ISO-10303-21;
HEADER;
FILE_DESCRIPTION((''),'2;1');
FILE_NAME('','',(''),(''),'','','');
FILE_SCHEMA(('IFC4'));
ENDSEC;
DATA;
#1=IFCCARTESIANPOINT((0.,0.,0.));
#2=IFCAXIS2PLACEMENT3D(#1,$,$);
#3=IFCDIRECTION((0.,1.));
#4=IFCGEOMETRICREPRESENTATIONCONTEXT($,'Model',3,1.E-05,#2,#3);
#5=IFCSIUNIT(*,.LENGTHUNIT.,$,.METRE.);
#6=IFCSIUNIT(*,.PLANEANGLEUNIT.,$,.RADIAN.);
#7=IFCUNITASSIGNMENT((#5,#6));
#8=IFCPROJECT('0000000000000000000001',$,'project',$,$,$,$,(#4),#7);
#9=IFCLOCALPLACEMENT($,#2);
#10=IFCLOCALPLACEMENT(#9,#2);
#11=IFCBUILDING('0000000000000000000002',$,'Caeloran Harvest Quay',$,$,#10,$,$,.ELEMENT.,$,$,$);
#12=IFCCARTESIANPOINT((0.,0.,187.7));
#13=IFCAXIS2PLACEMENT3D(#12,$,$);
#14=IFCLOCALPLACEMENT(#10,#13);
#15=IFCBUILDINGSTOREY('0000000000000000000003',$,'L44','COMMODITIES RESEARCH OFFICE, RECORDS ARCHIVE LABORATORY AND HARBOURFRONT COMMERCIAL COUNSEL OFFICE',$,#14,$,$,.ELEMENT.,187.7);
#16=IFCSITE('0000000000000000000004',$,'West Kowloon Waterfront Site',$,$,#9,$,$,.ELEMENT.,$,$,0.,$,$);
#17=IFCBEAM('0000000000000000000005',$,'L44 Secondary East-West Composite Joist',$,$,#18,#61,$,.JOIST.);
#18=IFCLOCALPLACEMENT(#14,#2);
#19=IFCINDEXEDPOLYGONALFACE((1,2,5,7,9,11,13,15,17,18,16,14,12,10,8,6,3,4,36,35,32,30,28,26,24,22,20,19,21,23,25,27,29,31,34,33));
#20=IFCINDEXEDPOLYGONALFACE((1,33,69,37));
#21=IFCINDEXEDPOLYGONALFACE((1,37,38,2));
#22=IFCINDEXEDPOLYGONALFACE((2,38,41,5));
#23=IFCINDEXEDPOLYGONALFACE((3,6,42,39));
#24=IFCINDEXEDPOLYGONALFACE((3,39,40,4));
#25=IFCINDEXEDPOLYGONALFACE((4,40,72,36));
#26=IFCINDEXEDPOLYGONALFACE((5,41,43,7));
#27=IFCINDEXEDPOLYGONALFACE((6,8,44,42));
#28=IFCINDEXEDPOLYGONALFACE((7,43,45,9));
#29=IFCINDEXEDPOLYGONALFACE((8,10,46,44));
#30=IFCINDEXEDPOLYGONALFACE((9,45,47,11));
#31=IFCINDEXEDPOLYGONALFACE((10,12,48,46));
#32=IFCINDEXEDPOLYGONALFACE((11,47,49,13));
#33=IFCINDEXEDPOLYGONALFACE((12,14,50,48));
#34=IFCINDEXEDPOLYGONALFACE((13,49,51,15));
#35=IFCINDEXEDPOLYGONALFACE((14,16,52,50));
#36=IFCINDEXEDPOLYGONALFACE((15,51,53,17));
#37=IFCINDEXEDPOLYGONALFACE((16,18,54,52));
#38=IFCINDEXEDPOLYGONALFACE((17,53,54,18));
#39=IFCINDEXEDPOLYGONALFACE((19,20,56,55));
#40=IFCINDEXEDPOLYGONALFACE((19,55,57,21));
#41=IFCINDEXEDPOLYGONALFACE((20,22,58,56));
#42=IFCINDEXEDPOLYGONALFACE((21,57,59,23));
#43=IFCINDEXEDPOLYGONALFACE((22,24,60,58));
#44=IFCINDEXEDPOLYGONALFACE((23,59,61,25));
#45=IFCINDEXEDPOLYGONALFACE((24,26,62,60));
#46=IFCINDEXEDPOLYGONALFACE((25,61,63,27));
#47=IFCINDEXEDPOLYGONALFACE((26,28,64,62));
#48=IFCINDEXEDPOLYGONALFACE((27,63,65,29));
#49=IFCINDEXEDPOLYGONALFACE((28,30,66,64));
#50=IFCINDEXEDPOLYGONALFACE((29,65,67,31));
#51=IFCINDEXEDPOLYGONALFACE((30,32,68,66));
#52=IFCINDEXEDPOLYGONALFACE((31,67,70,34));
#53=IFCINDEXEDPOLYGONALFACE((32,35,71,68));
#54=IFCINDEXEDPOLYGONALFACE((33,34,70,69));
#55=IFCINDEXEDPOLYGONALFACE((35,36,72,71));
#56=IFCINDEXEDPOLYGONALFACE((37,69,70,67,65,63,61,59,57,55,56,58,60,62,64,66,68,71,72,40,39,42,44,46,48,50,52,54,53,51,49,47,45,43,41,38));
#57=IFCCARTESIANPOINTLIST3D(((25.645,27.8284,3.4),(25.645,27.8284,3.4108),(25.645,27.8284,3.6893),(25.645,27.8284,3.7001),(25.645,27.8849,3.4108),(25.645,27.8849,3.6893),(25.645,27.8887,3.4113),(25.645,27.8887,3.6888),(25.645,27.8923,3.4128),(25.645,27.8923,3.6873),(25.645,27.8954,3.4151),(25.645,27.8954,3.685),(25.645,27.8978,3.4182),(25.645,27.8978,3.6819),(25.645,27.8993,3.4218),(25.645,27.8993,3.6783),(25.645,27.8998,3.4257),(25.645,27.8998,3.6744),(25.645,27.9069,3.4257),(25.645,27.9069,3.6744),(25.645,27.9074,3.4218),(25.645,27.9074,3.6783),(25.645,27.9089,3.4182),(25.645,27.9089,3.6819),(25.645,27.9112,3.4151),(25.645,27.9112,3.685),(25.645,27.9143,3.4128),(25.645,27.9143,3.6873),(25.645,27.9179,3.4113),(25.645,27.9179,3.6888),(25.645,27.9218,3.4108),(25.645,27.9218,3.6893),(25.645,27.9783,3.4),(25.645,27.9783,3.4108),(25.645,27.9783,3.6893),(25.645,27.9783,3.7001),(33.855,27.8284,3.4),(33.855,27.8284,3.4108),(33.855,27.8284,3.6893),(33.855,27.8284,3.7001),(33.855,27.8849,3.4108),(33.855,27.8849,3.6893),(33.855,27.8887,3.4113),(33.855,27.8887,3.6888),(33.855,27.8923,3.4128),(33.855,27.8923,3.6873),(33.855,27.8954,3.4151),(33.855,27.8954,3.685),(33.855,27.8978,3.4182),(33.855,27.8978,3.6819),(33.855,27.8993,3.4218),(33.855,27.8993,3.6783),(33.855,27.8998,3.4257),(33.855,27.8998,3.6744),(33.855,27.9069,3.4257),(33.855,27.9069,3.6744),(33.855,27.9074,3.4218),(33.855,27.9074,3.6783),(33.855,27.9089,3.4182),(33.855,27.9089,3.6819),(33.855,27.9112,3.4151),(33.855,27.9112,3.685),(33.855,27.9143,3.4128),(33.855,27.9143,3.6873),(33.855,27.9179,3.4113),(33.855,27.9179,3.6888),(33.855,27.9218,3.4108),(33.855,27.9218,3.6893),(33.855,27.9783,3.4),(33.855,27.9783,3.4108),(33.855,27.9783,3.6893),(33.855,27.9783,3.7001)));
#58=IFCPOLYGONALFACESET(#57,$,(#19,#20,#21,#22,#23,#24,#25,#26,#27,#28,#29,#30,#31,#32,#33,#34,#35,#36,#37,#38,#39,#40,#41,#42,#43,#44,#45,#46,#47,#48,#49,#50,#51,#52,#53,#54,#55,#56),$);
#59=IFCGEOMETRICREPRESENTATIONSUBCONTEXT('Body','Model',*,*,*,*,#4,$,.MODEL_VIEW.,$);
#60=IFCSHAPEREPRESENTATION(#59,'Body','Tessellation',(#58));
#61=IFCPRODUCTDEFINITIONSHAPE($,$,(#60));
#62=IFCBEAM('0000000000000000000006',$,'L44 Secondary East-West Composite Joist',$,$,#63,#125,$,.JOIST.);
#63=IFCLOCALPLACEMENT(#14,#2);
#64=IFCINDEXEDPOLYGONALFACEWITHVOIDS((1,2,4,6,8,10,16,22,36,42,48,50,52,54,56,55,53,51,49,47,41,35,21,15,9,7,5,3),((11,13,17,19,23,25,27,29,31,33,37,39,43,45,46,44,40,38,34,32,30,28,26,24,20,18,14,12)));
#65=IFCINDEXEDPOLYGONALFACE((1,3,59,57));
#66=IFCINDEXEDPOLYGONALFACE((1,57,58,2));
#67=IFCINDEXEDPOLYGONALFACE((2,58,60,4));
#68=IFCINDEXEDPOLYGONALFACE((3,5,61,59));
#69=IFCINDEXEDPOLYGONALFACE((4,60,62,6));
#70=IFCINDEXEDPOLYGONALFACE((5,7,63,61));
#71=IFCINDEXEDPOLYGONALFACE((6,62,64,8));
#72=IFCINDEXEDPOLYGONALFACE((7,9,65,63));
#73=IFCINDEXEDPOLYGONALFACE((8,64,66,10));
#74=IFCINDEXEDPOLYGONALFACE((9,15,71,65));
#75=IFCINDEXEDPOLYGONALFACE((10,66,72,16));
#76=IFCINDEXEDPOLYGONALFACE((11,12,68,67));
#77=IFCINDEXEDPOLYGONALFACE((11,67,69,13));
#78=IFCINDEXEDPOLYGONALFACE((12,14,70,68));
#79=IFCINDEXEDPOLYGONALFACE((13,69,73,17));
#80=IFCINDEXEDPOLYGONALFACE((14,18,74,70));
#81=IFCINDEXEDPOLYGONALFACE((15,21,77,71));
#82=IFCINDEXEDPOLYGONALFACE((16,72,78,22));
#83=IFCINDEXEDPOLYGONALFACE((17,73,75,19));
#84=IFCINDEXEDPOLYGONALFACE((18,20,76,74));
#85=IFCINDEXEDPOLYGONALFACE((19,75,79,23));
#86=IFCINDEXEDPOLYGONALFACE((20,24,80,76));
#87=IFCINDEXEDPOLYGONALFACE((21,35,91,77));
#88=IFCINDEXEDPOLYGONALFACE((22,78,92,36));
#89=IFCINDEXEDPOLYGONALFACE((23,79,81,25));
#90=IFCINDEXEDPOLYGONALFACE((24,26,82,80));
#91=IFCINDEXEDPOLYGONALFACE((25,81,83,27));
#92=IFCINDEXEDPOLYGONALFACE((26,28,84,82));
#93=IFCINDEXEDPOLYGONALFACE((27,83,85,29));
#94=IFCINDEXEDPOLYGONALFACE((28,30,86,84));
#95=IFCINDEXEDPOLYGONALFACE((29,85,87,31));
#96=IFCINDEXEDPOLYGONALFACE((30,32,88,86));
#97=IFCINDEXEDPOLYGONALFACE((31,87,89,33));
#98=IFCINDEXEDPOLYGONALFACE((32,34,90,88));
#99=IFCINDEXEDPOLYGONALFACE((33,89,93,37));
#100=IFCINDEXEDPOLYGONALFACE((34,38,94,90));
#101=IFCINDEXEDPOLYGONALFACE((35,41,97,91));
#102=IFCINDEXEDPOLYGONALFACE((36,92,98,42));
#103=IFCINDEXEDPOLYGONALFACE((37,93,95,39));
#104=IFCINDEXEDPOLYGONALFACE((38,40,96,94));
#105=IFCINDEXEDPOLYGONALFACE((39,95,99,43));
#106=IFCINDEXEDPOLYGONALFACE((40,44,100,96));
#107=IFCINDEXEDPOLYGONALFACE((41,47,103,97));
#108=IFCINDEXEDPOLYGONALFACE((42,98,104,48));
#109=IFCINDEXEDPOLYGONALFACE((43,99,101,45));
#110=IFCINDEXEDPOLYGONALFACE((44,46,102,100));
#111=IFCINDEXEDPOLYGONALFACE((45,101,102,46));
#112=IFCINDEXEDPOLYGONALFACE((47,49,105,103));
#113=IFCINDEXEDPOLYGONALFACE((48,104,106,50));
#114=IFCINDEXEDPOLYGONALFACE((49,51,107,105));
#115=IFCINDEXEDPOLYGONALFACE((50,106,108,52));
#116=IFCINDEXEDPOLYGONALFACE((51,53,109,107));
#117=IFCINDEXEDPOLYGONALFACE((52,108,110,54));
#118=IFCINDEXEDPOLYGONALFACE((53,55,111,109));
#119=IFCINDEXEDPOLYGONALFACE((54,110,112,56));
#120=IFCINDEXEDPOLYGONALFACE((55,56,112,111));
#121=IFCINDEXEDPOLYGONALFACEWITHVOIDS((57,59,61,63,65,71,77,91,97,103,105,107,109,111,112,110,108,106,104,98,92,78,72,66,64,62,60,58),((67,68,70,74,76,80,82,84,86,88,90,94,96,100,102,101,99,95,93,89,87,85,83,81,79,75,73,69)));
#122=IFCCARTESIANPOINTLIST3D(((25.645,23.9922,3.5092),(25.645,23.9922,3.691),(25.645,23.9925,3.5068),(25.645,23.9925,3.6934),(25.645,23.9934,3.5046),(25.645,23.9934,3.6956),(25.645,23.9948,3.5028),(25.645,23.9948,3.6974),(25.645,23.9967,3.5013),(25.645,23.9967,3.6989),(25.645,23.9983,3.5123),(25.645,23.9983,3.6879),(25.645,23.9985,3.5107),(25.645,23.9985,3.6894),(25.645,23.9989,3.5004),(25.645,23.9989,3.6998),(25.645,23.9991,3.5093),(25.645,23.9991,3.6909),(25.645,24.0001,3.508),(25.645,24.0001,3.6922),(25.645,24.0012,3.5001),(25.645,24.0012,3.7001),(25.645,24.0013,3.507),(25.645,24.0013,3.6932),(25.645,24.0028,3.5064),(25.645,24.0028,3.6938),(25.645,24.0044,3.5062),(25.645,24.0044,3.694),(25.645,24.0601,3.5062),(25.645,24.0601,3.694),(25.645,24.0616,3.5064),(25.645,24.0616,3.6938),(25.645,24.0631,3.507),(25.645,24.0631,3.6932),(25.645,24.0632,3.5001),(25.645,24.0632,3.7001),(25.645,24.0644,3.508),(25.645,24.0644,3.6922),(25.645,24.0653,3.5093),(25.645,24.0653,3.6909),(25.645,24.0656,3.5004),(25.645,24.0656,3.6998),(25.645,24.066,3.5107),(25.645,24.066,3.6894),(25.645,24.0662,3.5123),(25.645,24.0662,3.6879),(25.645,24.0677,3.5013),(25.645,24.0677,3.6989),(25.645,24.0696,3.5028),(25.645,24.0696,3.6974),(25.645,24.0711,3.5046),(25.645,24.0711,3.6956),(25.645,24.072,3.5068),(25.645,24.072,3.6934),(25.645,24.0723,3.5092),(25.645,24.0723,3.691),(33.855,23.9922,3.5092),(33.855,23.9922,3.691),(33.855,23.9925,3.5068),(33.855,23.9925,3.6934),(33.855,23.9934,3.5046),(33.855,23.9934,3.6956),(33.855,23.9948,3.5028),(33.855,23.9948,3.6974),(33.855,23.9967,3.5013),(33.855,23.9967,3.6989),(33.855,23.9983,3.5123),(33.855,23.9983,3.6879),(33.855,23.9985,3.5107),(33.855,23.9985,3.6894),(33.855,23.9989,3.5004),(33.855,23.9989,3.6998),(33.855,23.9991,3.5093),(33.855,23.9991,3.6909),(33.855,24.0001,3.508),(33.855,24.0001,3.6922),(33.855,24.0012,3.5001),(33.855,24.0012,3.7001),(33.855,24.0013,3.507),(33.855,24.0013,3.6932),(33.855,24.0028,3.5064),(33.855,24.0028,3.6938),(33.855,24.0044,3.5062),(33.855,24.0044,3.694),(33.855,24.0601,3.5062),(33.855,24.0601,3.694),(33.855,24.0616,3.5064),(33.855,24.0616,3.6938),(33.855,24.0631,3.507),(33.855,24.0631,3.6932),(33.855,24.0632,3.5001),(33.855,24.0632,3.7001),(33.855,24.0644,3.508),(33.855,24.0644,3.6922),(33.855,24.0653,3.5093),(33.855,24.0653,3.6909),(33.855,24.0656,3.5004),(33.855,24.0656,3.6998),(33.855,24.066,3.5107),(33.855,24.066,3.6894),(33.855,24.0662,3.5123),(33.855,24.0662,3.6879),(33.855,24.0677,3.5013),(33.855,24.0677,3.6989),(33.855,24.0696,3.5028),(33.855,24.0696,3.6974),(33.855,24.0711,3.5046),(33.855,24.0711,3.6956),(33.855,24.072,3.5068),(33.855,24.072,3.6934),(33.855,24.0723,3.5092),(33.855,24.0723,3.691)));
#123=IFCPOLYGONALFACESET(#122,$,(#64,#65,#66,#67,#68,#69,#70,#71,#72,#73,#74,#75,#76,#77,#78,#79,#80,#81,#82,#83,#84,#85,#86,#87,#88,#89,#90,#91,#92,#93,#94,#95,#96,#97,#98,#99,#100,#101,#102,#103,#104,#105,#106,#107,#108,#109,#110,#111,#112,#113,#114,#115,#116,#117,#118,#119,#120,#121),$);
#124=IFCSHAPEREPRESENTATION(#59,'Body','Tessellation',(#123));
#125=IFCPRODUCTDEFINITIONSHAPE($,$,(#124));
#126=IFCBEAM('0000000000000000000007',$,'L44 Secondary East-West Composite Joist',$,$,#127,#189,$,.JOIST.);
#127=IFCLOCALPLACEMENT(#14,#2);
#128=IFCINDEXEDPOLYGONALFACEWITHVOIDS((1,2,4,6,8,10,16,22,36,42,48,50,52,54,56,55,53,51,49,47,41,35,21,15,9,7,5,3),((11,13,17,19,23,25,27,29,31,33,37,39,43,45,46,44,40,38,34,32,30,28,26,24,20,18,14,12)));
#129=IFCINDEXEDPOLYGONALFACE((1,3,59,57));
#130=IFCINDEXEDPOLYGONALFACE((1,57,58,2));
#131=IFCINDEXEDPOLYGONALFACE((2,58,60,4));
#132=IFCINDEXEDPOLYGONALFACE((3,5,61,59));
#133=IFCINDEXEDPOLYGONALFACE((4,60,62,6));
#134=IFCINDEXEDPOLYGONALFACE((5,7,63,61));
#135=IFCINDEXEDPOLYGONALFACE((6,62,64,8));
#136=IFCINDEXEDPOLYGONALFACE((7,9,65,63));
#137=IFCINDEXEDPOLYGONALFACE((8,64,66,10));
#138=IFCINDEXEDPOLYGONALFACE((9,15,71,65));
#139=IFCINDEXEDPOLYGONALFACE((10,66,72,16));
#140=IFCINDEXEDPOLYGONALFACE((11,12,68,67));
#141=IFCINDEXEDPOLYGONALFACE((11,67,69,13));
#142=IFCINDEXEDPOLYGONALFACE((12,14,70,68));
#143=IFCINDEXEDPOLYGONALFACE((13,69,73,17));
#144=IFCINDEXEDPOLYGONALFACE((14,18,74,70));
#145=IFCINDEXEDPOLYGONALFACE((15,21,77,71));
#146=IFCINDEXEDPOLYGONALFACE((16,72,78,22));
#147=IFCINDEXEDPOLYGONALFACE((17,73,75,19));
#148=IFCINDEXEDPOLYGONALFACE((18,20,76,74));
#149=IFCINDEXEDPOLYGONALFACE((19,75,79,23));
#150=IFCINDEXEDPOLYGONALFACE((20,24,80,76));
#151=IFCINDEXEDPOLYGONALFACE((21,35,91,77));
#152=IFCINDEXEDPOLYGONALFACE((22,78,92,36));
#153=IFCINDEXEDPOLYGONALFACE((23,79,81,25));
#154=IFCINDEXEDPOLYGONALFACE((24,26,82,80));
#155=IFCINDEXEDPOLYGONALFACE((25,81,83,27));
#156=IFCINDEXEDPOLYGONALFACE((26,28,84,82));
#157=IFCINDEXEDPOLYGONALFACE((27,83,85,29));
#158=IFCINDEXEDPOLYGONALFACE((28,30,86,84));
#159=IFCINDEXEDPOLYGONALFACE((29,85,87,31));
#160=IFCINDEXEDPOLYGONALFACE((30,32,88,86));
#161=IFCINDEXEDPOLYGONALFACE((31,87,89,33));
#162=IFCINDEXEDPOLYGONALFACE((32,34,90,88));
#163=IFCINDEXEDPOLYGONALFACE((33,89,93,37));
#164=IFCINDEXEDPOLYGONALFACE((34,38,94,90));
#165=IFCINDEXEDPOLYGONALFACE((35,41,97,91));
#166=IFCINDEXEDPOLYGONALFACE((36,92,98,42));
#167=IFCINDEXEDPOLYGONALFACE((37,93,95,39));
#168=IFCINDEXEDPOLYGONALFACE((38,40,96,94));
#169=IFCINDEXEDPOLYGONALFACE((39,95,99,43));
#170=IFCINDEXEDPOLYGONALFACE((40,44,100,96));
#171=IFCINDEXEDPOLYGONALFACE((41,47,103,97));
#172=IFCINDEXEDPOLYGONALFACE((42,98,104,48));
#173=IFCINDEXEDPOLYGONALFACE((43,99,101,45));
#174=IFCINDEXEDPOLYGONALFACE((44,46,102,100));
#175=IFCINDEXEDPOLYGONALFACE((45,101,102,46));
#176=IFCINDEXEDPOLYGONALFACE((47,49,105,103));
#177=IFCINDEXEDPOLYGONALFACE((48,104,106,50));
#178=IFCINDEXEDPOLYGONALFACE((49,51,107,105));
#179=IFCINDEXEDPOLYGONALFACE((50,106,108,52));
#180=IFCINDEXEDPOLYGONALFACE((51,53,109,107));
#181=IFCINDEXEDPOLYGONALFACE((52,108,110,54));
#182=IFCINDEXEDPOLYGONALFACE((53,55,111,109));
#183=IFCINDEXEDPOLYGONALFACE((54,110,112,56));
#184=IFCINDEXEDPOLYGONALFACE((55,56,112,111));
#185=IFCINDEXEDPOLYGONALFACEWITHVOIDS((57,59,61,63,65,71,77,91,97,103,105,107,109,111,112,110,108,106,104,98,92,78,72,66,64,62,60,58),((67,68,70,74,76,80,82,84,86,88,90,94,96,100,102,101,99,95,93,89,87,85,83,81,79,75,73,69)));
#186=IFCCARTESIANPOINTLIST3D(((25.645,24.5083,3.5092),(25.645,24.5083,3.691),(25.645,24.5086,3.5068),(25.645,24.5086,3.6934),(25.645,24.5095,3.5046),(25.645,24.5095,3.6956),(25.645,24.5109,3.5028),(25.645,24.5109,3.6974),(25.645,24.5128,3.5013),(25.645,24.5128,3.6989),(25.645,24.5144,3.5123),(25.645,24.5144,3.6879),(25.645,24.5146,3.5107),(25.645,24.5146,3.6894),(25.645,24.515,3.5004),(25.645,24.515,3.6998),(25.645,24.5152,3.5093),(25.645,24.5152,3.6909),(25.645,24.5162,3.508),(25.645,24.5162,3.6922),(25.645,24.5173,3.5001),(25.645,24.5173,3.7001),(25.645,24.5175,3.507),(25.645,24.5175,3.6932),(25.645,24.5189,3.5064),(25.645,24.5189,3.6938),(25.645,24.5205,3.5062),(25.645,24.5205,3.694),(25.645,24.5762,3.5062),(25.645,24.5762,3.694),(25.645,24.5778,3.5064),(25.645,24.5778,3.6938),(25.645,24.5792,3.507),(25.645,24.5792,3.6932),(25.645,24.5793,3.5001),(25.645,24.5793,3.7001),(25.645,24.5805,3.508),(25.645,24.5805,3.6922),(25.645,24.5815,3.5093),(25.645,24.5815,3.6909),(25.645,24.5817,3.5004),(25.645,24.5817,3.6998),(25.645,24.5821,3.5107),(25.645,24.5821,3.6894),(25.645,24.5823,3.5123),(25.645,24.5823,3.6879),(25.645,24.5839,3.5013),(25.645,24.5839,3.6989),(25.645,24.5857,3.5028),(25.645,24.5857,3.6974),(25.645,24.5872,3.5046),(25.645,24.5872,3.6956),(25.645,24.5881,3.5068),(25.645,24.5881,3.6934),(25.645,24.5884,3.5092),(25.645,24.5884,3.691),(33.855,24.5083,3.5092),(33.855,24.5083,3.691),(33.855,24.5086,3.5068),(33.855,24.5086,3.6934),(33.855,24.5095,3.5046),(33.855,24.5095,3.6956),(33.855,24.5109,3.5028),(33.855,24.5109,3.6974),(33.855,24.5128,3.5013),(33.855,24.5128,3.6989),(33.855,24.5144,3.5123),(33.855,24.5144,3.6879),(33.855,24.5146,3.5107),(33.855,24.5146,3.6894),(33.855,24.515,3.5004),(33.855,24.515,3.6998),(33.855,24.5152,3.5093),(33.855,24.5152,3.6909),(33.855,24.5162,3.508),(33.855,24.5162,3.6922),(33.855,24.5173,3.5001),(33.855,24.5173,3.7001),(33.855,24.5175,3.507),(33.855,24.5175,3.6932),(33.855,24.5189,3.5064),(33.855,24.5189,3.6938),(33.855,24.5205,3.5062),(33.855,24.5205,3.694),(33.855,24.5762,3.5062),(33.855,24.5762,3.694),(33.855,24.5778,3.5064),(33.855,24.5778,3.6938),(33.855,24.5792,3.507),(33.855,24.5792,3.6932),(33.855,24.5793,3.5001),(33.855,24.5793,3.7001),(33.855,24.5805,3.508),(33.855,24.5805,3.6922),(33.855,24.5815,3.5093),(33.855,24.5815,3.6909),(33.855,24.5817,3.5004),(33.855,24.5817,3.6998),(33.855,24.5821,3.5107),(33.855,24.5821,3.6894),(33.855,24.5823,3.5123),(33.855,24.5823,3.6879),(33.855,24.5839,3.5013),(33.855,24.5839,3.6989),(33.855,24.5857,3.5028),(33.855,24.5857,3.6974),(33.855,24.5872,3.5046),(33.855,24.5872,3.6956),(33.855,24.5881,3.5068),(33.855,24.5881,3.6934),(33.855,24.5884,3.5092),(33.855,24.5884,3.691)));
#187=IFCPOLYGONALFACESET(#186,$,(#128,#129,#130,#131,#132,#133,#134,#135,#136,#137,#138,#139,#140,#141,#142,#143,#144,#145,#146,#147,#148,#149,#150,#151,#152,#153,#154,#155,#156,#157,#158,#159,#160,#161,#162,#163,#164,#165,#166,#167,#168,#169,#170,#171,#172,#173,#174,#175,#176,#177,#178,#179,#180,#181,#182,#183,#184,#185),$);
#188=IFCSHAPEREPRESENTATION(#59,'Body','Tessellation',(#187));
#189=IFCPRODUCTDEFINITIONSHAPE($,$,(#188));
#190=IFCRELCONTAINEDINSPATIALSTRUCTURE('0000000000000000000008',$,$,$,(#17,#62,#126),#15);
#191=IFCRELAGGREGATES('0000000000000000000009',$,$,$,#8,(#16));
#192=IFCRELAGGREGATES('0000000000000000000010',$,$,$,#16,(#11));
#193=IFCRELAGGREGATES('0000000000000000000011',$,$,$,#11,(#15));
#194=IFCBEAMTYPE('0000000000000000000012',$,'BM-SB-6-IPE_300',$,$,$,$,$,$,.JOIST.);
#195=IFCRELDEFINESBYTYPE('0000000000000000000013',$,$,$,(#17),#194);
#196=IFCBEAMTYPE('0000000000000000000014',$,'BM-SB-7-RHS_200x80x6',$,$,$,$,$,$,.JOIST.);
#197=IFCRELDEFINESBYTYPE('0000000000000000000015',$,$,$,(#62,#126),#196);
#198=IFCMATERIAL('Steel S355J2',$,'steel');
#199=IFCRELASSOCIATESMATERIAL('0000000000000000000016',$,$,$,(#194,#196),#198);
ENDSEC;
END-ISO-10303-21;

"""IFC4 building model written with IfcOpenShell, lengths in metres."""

from ifc_helpers import new_model, si_unit, direction, frame, origin, origin_2d, place, context, subcontext, project, spatial, hollow_rectangle, i_section, extrude, material, material_profile, profile_set, type_object, element, save


model = new_model("IFC4")

# Units and contexts
model_context = context("Model", 3, precision=1e-05, world=origin(), true_north=direction((0.0, 1.0)))
body_context = subcontext(model_context, "Body", "Model", "MODEL_VIEW")
ifc_project = project(units=[si_unit("LENGTHUNIT", "METRE"), si_unit("PLANEANGLEUNIT", "RADIAN")], contexts=[model_context])

# Site, building, storey
site_placement = place(None, origin())
site = spatial("IfcSite", under=ifc_project, at=site_placement, Name="West Kowloon Waterfront Site", CompositionType="ELEMENT", RefElevation=0.0)
building_placement = place(site_placement, origin())
building = spatial("IfcBuilding", under=site, at=building_placement, Name="Caeloran Harvest Quay", CompositionType="ELEMENT")
storey_placement = place(building_placement, frame((0.0, 0.0, 187.7)))
storey = spatial("IfcBuildingStorey", under=building, at=storey_placement, Name="L44", Description="COMMODITIES RESEARCH OFFICE, RECORDS ARCHIVE LABORATORY AND HARBOURFRONT COMMERCIAL COUNSEL OFFICE", CompositionType="ELEMENT", Elevation=187.7)

# Beams
ifc_material_1 = material(Name="Steel S355J2", Category="steel")
ifc_material_profile_1 = material_profile(ifc_material_1, i_section(OverallWidth=0.1499, OverallDepth=0.3, WebThickness=0.0071, FlangeThickness=0.0107, FilletRadius=0.0149, at=origin_2d()), Name="IPE 300")
ifc_profile_set_1 = profile_set([ifc_material_profile_1], Name="Steel S355J2")
beam_type_1 = type_object("IfcBeamType", Name="BM-SB-6-IPE_300", PredefinedType="JOIST", material=ifc_profile_set_1)
for number, where, z_axis, x_axis, name in (
    (1, (25.645, 27.9033, 3.55), (1.0, 0.0, 0.0), (0.0, 1.0, 0.0), "L44 Secondary East-West Composite Joist"),
):
    element("IfcBeam", number, at=place(storey_placement, frame(where, z_axis=z_axis, x_axis=x_axis)), inside=storey, type_object=beam_type_1, Name=name, PredefinedType="JOIST", context=body_context, shape_type="SweptSolid", body=[
        extrude(i_section(OverallWidth=0.1499, OverallDepth=0.3, WebThickness=0.0071, FlangeThickness=0.0107, FilletRadius=0.0149, at=origin_2d()), origin(), (0.0, 0.0, 1.0), 8.21),
    ])
ifc_material_profile_2 = material_profile(ifc_material_1, hollow_rectangle(XDim=0.0801, YDim=0.2, WallThickness=0.0061, InnerFilletRadius=0.0061, OuterFilletRadius=0.009, at=origin_2d()), Name="RHS 200x80x6")
ifc_profile_set_2 = profile_set([ifc_material_profile_2], Name="Steel S355J2")
beam_type_2 = type_object("IfcBeamType", Name="BM-SB-7-RHS_200x80x6", PredefinedType="JOIST", material=ifc_profile_set_2)
for number, where, z_axis, x_axis, name in (
    (2, (25.645, 24.0322, 3.6001), (1.0, 0.0, 0.0), (0.0, 1.0, 0.0), "L44 Secondary East-West Composite Joist"),
    (3, (25.645, 24.5483, 3.6001), (1.0, 0.0, 0.0), (0.0, 1.0, 0.0), "L44 Secondary East-West Composite Joist"),
):
    element("IfcBeam", number, at=place(storey_placement, frame(where, z_axis=z_axis, x_axis=x_axis)), inside=storey, type_object=beam_type_2, Name=name, PredefinedType="JOIST", context=body_context, shape_type="SweptSolid", body=[
        extrude(hollow_rectangle(XDim=0.0801, YDim=0.2, WallThickness=0.0061, InnerFilletRadius=0.0061, OuterFilletRadius=0.009, at=origin_2d()), origin(), (0.0, 0.0, 1.0), 8.21),
    ])

save(model, "model.ifc")
